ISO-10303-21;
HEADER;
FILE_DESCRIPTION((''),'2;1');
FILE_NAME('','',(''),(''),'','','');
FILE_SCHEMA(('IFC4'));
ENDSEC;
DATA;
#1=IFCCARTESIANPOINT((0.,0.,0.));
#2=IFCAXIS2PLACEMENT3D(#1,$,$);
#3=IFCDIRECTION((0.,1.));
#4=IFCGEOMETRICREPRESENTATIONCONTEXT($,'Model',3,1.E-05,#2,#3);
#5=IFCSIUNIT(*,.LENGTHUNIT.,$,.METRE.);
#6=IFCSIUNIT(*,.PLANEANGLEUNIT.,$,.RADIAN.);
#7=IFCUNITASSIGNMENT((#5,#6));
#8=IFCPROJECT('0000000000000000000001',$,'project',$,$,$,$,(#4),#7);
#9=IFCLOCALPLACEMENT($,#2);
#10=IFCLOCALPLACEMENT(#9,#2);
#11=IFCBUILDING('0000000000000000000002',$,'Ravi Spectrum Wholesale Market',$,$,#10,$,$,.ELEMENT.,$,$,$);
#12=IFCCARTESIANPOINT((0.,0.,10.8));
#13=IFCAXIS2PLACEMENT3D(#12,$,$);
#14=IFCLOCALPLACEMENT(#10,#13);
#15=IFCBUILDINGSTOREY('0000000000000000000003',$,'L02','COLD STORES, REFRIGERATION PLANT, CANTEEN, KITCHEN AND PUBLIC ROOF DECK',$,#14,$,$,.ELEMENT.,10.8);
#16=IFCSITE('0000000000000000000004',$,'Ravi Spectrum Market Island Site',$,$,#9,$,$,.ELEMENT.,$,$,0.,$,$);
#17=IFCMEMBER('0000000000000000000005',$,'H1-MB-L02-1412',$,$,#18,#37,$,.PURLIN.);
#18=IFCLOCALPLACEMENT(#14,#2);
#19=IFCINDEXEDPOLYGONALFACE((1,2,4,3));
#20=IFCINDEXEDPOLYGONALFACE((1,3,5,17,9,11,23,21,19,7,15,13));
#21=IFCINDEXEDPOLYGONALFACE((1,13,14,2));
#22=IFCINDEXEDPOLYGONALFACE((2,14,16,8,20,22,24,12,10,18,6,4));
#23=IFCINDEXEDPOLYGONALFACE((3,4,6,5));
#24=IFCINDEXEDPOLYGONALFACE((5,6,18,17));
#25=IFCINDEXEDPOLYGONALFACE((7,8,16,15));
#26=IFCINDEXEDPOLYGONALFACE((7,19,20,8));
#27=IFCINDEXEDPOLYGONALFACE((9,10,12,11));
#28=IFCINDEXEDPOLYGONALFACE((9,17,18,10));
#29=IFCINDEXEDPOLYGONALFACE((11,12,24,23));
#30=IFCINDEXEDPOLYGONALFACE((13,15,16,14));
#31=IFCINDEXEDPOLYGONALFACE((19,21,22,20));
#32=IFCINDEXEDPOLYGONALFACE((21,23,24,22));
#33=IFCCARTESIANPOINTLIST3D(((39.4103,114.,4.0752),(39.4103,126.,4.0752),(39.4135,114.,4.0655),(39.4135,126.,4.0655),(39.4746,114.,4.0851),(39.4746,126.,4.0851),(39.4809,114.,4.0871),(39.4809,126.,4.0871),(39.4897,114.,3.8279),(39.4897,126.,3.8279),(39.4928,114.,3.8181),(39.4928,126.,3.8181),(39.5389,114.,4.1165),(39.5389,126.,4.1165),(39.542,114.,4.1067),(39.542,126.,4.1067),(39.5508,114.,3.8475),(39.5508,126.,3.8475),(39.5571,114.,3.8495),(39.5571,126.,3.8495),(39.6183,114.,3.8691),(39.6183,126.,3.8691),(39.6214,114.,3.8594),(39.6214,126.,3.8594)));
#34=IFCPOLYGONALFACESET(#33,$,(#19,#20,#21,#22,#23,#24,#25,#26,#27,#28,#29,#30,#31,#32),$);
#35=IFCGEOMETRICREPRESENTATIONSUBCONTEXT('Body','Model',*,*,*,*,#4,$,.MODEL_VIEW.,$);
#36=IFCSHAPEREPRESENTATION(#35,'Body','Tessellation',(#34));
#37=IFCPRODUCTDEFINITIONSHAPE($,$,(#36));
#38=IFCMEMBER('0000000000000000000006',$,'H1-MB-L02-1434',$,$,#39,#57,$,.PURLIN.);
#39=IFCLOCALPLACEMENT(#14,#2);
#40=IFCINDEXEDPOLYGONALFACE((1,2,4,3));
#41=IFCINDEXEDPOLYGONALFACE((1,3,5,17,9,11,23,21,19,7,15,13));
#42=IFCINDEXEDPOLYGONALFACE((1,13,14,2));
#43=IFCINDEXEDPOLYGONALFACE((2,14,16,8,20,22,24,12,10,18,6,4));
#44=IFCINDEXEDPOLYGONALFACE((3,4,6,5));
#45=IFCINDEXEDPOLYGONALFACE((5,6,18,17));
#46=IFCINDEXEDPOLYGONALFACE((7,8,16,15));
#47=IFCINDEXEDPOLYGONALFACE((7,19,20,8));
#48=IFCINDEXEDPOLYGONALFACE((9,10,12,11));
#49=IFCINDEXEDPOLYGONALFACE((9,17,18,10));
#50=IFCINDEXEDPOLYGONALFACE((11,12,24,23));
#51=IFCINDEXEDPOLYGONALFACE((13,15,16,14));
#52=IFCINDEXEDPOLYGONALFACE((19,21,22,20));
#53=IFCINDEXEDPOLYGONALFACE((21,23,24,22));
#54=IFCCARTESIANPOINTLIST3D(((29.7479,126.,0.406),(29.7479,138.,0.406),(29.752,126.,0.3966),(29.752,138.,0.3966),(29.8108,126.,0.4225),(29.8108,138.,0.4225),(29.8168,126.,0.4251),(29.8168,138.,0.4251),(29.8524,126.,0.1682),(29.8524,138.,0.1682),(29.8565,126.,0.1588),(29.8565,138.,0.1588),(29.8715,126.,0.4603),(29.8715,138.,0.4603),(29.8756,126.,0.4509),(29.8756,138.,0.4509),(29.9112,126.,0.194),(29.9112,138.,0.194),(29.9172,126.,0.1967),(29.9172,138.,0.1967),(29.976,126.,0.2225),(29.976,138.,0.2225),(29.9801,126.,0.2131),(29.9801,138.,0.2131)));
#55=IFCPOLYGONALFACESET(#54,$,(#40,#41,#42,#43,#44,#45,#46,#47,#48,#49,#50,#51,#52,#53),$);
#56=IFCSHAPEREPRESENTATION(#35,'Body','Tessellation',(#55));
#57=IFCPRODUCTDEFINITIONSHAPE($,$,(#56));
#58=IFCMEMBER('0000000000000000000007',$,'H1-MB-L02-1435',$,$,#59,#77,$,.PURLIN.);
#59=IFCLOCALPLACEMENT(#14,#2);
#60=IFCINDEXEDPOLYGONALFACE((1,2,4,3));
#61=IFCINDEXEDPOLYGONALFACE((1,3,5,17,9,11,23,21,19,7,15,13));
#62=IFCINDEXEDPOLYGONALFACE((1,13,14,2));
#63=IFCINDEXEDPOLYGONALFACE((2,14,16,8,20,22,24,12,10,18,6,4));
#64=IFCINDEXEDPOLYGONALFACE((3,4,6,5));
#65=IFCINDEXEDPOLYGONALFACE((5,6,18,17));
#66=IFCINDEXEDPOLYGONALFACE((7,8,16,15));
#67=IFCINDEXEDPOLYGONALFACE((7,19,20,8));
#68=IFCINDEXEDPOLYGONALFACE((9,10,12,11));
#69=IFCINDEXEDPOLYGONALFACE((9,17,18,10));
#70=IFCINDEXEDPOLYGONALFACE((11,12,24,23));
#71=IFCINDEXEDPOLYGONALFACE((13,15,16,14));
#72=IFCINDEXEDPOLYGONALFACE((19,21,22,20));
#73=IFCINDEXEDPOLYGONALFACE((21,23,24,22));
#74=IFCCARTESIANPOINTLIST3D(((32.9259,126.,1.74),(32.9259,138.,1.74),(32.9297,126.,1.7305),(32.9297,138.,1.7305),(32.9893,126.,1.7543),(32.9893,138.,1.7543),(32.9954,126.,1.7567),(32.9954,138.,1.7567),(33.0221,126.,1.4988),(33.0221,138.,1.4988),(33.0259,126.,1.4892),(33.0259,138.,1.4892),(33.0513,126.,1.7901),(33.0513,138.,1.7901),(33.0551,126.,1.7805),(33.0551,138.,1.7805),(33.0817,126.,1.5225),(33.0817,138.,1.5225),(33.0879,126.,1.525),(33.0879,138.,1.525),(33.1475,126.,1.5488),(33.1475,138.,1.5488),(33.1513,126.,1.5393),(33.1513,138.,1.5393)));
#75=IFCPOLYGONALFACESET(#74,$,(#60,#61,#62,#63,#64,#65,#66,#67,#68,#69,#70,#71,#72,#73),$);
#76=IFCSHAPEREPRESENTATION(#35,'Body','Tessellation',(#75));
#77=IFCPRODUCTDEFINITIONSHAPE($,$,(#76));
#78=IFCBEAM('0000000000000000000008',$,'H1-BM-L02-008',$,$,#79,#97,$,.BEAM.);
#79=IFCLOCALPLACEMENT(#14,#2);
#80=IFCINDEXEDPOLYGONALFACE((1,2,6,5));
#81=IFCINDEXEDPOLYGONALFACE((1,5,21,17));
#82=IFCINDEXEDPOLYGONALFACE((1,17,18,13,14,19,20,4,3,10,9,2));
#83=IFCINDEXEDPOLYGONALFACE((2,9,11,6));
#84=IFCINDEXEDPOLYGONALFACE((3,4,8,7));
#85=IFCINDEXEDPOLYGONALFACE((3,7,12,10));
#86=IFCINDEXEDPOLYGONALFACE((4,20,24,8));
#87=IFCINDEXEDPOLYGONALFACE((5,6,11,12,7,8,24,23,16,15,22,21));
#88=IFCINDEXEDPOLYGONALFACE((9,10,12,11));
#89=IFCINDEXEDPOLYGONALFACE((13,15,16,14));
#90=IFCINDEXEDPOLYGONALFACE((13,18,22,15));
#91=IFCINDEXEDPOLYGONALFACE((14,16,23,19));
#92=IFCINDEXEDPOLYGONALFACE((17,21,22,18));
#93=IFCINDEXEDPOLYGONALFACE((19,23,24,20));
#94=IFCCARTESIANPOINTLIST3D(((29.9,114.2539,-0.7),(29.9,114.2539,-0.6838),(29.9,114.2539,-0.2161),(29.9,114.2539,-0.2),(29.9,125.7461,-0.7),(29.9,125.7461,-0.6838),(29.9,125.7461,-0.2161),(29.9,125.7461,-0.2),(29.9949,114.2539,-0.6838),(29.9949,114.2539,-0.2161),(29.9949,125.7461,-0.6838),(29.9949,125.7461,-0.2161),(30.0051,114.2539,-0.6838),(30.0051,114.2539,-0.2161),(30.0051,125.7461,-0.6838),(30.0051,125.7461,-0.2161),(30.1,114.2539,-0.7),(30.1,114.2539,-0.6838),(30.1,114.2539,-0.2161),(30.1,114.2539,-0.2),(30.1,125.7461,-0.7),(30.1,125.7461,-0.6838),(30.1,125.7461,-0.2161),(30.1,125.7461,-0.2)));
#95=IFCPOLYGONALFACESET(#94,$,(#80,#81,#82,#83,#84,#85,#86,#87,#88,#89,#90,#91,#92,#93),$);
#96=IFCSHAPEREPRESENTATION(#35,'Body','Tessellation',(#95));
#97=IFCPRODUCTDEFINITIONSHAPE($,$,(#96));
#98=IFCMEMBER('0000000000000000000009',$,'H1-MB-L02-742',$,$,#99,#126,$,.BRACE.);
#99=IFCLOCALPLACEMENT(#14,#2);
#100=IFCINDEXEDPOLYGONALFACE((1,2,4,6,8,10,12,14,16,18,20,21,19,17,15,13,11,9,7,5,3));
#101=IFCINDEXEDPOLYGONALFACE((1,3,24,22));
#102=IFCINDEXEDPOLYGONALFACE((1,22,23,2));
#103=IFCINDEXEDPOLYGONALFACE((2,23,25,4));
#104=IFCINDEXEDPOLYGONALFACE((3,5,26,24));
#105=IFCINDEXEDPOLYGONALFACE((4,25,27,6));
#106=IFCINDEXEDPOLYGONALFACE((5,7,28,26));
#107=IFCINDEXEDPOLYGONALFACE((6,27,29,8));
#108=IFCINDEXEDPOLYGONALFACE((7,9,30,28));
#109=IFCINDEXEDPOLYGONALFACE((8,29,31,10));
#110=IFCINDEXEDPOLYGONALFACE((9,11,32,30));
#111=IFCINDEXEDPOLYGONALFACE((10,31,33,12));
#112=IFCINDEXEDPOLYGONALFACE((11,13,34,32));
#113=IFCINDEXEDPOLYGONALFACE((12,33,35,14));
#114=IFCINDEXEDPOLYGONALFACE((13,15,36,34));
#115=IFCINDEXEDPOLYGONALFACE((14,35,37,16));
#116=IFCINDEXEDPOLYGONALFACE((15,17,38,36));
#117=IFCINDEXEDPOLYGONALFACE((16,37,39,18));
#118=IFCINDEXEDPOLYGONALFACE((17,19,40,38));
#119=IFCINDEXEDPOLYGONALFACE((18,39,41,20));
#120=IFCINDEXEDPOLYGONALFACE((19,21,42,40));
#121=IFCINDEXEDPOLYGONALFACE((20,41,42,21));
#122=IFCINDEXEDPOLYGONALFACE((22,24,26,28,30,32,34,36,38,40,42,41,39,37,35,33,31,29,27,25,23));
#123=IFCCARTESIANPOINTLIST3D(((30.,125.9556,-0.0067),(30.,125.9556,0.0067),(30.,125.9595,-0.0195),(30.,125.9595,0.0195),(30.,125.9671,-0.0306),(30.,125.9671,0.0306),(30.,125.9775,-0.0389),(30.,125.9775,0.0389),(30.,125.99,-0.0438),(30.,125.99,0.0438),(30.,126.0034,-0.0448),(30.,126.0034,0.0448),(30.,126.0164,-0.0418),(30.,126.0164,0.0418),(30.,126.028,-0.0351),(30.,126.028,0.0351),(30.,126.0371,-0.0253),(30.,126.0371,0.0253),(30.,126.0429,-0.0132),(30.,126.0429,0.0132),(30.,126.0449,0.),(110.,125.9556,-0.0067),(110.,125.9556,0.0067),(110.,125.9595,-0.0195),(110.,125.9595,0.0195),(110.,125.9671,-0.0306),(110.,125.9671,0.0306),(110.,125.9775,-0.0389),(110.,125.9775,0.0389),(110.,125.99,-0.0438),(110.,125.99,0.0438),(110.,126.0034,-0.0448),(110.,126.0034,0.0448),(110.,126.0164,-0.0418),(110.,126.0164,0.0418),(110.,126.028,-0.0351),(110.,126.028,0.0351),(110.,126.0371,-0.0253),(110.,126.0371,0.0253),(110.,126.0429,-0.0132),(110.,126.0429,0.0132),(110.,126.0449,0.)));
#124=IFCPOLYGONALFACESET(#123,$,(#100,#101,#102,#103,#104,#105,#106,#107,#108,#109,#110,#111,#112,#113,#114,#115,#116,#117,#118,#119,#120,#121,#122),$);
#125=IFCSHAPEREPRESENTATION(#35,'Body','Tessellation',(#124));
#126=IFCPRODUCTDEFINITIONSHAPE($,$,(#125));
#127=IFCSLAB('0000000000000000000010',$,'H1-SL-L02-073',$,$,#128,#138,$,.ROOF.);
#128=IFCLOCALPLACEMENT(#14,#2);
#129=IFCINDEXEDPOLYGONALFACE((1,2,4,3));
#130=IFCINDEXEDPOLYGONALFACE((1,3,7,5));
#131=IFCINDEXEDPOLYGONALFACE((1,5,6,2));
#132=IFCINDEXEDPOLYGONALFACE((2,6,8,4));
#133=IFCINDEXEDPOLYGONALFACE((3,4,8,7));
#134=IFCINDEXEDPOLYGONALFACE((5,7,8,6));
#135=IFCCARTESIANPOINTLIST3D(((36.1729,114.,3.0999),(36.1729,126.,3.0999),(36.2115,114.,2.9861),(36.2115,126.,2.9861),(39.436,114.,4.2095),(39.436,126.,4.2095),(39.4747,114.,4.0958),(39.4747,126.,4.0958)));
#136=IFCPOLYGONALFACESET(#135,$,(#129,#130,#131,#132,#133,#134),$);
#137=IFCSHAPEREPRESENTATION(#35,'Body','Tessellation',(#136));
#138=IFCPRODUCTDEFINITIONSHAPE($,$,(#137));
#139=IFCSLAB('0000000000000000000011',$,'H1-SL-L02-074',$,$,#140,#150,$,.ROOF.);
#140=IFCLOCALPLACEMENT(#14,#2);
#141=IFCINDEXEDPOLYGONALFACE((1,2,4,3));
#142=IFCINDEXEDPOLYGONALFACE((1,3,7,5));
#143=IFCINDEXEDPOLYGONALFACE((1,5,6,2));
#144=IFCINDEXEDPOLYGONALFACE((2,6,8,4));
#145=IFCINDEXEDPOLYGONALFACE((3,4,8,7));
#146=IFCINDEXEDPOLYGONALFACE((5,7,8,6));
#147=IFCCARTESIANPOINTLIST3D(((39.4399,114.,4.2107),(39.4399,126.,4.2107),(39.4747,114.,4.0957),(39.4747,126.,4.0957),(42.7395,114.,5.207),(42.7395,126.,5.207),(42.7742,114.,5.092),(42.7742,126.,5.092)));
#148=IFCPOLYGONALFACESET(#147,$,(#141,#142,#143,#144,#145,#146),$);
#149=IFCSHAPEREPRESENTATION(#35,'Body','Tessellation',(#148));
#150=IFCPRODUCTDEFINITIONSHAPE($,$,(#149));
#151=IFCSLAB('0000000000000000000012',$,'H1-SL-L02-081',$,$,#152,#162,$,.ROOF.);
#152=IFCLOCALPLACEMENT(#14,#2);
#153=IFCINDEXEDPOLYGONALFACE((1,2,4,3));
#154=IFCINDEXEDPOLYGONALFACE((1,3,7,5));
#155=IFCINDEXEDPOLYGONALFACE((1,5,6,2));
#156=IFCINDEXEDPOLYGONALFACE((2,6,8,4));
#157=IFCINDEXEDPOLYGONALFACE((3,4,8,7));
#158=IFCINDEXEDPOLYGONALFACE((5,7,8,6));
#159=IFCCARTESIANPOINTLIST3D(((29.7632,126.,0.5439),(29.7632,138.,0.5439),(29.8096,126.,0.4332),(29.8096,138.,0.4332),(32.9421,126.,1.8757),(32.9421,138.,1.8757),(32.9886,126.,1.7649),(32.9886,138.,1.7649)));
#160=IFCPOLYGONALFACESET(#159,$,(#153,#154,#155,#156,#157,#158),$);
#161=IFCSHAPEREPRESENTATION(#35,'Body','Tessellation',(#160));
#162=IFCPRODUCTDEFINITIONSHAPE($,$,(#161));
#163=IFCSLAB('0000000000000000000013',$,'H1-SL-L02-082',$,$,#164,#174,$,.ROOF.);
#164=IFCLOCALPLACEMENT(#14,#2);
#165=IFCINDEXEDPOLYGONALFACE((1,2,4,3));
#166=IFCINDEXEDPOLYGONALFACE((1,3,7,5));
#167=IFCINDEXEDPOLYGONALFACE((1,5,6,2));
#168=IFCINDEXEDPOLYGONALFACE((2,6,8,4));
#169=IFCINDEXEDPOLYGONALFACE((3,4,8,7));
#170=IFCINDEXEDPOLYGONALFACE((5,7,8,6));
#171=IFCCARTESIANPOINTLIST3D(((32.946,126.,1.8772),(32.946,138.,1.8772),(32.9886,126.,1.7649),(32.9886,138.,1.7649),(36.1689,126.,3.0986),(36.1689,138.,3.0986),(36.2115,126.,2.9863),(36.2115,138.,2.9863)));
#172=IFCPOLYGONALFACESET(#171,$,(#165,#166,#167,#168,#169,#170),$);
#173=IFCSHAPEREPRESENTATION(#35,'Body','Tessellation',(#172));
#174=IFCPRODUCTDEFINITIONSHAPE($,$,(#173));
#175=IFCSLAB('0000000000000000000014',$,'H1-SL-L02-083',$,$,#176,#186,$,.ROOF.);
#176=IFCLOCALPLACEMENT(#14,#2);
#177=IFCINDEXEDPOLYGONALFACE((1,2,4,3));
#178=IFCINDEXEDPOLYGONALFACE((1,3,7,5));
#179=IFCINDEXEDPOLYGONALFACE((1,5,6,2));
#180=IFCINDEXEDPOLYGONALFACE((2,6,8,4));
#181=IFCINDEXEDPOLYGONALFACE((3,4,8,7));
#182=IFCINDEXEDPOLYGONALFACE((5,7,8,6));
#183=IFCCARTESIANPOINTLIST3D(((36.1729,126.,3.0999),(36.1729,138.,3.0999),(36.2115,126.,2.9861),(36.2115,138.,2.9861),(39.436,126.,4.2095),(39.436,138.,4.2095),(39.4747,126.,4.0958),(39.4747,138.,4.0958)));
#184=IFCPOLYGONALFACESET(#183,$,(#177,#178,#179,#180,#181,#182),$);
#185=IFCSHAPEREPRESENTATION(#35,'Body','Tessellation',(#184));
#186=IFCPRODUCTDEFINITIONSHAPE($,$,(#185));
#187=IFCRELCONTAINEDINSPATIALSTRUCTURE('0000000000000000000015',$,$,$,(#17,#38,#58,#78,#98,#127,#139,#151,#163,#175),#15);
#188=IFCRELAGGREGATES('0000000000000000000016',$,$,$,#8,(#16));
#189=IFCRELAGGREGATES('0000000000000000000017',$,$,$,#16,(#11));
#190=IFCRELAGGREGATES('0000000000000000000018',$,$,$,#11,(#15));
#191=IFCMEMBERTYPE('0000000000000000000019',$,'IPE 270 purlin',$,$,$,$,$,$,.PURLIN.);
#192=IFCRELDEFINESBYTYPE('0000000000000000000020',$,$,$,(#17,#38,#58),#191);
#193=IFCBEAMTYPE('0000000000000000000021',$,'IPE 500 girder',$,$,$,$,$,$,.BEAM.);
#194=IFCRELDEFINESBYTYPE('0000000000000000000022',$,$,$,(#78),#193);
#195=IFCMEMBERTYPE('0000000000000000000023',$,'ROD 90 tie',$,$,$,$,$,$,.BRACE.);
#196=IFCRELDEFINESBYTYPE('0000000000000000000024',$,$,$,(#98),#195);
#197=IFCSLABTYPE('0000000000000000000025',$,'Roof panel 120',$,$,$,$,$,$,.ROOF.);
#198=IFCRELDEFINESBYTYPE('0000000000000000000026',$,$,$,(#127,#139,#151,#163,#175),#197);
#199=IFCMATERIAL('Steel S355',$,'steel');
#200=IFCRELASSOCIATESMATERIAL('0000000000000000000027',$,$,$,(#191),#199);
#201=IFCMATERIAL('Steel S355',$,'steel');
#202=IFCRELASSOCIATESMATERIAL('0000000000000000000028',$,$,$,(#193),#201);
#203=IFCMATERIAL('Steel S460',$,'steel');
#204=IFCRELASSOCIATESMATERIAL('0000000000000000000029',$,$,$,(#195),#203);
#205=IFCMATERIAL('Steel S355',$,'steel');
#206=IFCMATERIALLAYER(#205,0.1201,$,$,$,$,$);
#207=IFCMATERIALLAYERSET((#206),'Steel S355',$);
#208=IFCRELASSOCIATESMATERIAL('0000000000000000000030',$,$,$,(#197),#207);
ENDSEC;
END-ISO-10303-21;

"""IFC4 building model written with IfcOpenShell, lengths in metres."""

from ifc_helpers import new_model, si_unit, direction, frame, origin, origin_2d, place, context, subcontext, project, spatial, polyline, circle, i_section, outline, extrude, material, layer, layer_set, material_profile, profile_set, type_object, element, save


model = new_model("IFC4")

# Units and contexts
model_context = context("Model", 3, precision=1e-05, world=origin(), true_north=direction((0.0, 1.0)))
body_context = subcontext(model_context, "Body", "Model", "MODEL_VIEW")
ifc_project = project(units=[si_unit("LENGTHUNIT", "METRE"), si_unit("PLANEANGLEUNIT", "RADIAN")], contexts=[model_context])

# Site, building, storey
site_placement = place(None, origin())
site = spatial("IfcSite", under=ifc_project, at=site_placement, Name="Ravi Spectrum Market Island Site", CompositionType="ELEMENT", RefElevation=0.0)
building_placement = place(site_placement, origin())
building = spatial("IfcBuilding", under=site, at=building_placement, Name="Ravi Spectrum Wholesale Market", CompositionType="ELEMENT")
storey_placement = place(building_placement, frame((0.0, 0.0, 10.8)))
storey = spatial("IfcBuildingStorey", under=building, at=storey_placement, Name="L02", Description="COLD STORES, REFRIGERATION PLANT, CANTEEN, KITCHEN AND PUBLIC ROOF DECK", CompositionType="ELEMENT", Elevation=10.8)

# Members
ifc_material_1 = material(Name="Steel S355", Category="steel")
ifc_material_profile_1 = material_profile(ifc_material_1, i_section(OverallWidth=0.135, OverallDepth=0.27, WebThickness=0.0066, FlangeThickness=0.0103, at=origin_2d()))
ifc_profile_set_1 = profile_set([ifc_material_profile_1], Name="Steel S355")
member_type_1 = type_object("IfcMemberType", Name="IPE 270 purlin", PredefinedType="PURLIN", material=ifc_profile_set_1)
for number, where, z_axis, x_axis, name in (
    (1, (39.5159, 114.0, 3.9673), (0.0, 1.0, 0.0), (-0.952184, 0.0, -0.305524), "H1-MB-L02-1412"),
    (2, (29.864, 126.0, 0.3096), (0.0, 1.0, 0.0), (-0.915525, 0.0, -0.40226), "H1-MB-L02-1434"),
    (3, (33.0386, 126.0, 1.6396), (0.0, 1.0, 0.0), (-0.928855, 0.0, -0.370443), "H1-MB-L02-1435"),
):
    element("IfcMember", number, at=place(storey_placement, frame(where, z_axis=z_axis, x_axis=x_axis)), inside=storey, type_object=member_type_1, Name=name, PredefinedType="PURLIN", context=body_context, shape_type="SweptSolid", body=[
        extrude(i_section(OverallWidth=0.135, OverallDepth=0.27, WebThickness=0.0066, FlangeThickness=0.0103, at=origin_2d()), origin(), (0.0, 0.0, 1.0), 12.0),
    ])

# Beam
ifc_material_2 = material(Name="Steel S355", Category="steel")
ifc_material_profile_2 = material_profile(ifc_material_2, i_section(OverallWidth=0.2, OverallDepth=0.5, WebThickness=0.0103, FlangeThickness=0.0161, at=origin_2d()))
ifc_profile_set_2 = profile_set([ifc_material_profile_2], Name="Steel S355")
beam_type = type_object("IfcBeamType", Name="IPE 500 girder", PredefinedType="BEAM", material=ifc_profile_set_2)
beam_placement = place(storey_placement, frame((30.0, 114.2539, -0.45), z_axis=(0.0, 1.0, 0.0), x_axis=(-1.0, 0.0, 0.0)))
element("IfcBeam", 4, at=beam_placement, inside=storey, type_object=beam_type, Name="H1-BM-L02-008", PredefinedType="BEAM", context=body_context, shape_type="SweptSolid", body=[
    extrude(i_section(OverallWidth=0.2, OverallDepth=0.5, WebThickness=0.0103, FlangeThickness=0.0161, at=origin_2d()), origin(), (0.0, 0.0, 1.0), 11.4922),
])

# Member
ifc_material_3 = material(Name="Steel S460", Category="steel")
ifc_material_profile_3 = material_profile(ifc_material_3, circle(Radius=0.0449, at=origin_2d()))
ifc_profile_set_3 = profile_set([ifc_material_profile_3], Name="Steel S460")
member_type_2 = type_object("IfcMemberType", Name="ROD 90 tie", PredefinedType="BRACE", material=ifc_profile_set_3)
member_1_placement = place(storey_placement, frame((30.0, 126.0, 0.0), z_axis=(1.0, 0.0, 0.0), x_axis=(0.0, 1.0, 0.0)))
element("IfcMember", 5, at=member_1_placement, inside=storey, type_object=member_type_2, Name="H1-MB-L02-742", PredefinedType="BRACE", context=body_context, shape_type="SweptSolid", body=[
    extrude(circle(Radius=0.0449, at=origin_2d()), origin(), (0.0, 0.0, 1.0), 80.0),
])

# Slabs
ifc_material_4 = material(Name="Steel S355", Category="steel")
ifc_layer_1 = layer(ifc_material_4, 0.1201)
ifc_layer_set_1 = layer_set([ifc_layer_1], Name="Steel S355")
slab_type = type_object("IfcSlabType", Name="Roof panel 120", PredefinedType="ROOF", material=ifc_layer_set_1)
slab_1_placement = place(storey_placement, frame((36.1729, 114.0, 3.0999), z_axis=(-0.321938, 0.0, 0.946761), x_axis=(0.946761, 0.0, 0.321938)))
element("IfcSlab", 6, at=slab_1_placement, inside=storey, type_object=slab_type, Name="H1-SL-L02-073", PredefinedType="ROOF", context=body_context, shape_type="SweptSolid", body=[
    extrude(outline(polyline([(0.0, 0.0), (3.4467, 0.0), (3.4467, 12.0), (0.0, 12.0), (0.0, 0.0)])), origin(), (0.0, 0.0, -1.0), 0.1201),
])
slab_2_placement = place(storey_placement, frame((39.4399, 114.0, 4.2107), z_axis=(-0.28907, 0.0, 0.957308), x_axis=(0.957308, 0.0, 0.28907)))
element("IfcSlab", 7, at=slab_2_placement, inside=storey, type_object=slab_type, Name="H1-SL-L02-074", PredefinedType="ROOF", context=body_context, shape_type="SweptSolid", body=[
    extrude(outline(polyline([(0.0, 0.0), (3.4467, 0.0), (3.4467, 12.0), (0.0, 12.0), (0.0, 0.0)])), origin(), (0.0, 0.0, -1.0), 0.1201),
])
slab_3_placement = place(storey_placement, frame((29.7632, 126.0, 0.5439), z_axis=(-0.3864, 0.0, 0.922331), x_axis=(0.922331, 0.0, 0.3864)))
element("IfcSlab", 8, at=slab_3_placement, inside=storey, type_object=slab_type, Name="H1-SL-L02-081", PredefinedType="ROOF", context=body_context, shape_type="SweptSolid", body=[
    extrude(outline(polyline([(0.0, 0.0), (3.4467, 0.0), (3.4467, 12.0), (0.0, 12.0), (0.0, 0.0)])), origin(), (0.0, 0.0, -1.0), 0.1201),
])
slab_4_placement = place(storey_placement, frame((32.946, 126.0, 1.8772), z_axis=(-0.354389, 0.0, 0.935098), x_axis=(0.935098, 0.0, 0.354389)))
element("IfcSlab", 9, at=slab_4_placement, inside=storey, type_object=slab_type, Name="H1-SL-L02-082", PredefinedType="ROOF", context=body_context, shape_type="SweptSolid", body=[
    extrude(outline(polyline([(0.0, 0.0), (3.4466, 0.0), (3.4466, 12.0), (0.0, 12.0), (0.0, 0.0)])), origin(), (0.0, 0.0, -1.0), 0.1201),
])
slab_5_placement = place(storey_placement, frame((36.1729, 126.0, 3.0999), z_axis=(-0.321938, 0.0, 0.946761), x_axis=(0.946761, 0.0, 0.321938)))
element("IfcSlab", 10, at=slab_5_placement, inside=storey, type_object=slab_type, Name="H1-SL-L02-083", PredefinedType="ROOF", context=body_context, shape_type="SweptSolid", body=[
    extrude(outline(polyline([(0.0, 0.0), (3.4467, 0.0), (3.4467, 12.0), (0.0, 12.0), (0.0, 0.0)])), origin(), (0.0, 0.0, -1.0), 0.1201),
])

save(model, "model.ifc")
